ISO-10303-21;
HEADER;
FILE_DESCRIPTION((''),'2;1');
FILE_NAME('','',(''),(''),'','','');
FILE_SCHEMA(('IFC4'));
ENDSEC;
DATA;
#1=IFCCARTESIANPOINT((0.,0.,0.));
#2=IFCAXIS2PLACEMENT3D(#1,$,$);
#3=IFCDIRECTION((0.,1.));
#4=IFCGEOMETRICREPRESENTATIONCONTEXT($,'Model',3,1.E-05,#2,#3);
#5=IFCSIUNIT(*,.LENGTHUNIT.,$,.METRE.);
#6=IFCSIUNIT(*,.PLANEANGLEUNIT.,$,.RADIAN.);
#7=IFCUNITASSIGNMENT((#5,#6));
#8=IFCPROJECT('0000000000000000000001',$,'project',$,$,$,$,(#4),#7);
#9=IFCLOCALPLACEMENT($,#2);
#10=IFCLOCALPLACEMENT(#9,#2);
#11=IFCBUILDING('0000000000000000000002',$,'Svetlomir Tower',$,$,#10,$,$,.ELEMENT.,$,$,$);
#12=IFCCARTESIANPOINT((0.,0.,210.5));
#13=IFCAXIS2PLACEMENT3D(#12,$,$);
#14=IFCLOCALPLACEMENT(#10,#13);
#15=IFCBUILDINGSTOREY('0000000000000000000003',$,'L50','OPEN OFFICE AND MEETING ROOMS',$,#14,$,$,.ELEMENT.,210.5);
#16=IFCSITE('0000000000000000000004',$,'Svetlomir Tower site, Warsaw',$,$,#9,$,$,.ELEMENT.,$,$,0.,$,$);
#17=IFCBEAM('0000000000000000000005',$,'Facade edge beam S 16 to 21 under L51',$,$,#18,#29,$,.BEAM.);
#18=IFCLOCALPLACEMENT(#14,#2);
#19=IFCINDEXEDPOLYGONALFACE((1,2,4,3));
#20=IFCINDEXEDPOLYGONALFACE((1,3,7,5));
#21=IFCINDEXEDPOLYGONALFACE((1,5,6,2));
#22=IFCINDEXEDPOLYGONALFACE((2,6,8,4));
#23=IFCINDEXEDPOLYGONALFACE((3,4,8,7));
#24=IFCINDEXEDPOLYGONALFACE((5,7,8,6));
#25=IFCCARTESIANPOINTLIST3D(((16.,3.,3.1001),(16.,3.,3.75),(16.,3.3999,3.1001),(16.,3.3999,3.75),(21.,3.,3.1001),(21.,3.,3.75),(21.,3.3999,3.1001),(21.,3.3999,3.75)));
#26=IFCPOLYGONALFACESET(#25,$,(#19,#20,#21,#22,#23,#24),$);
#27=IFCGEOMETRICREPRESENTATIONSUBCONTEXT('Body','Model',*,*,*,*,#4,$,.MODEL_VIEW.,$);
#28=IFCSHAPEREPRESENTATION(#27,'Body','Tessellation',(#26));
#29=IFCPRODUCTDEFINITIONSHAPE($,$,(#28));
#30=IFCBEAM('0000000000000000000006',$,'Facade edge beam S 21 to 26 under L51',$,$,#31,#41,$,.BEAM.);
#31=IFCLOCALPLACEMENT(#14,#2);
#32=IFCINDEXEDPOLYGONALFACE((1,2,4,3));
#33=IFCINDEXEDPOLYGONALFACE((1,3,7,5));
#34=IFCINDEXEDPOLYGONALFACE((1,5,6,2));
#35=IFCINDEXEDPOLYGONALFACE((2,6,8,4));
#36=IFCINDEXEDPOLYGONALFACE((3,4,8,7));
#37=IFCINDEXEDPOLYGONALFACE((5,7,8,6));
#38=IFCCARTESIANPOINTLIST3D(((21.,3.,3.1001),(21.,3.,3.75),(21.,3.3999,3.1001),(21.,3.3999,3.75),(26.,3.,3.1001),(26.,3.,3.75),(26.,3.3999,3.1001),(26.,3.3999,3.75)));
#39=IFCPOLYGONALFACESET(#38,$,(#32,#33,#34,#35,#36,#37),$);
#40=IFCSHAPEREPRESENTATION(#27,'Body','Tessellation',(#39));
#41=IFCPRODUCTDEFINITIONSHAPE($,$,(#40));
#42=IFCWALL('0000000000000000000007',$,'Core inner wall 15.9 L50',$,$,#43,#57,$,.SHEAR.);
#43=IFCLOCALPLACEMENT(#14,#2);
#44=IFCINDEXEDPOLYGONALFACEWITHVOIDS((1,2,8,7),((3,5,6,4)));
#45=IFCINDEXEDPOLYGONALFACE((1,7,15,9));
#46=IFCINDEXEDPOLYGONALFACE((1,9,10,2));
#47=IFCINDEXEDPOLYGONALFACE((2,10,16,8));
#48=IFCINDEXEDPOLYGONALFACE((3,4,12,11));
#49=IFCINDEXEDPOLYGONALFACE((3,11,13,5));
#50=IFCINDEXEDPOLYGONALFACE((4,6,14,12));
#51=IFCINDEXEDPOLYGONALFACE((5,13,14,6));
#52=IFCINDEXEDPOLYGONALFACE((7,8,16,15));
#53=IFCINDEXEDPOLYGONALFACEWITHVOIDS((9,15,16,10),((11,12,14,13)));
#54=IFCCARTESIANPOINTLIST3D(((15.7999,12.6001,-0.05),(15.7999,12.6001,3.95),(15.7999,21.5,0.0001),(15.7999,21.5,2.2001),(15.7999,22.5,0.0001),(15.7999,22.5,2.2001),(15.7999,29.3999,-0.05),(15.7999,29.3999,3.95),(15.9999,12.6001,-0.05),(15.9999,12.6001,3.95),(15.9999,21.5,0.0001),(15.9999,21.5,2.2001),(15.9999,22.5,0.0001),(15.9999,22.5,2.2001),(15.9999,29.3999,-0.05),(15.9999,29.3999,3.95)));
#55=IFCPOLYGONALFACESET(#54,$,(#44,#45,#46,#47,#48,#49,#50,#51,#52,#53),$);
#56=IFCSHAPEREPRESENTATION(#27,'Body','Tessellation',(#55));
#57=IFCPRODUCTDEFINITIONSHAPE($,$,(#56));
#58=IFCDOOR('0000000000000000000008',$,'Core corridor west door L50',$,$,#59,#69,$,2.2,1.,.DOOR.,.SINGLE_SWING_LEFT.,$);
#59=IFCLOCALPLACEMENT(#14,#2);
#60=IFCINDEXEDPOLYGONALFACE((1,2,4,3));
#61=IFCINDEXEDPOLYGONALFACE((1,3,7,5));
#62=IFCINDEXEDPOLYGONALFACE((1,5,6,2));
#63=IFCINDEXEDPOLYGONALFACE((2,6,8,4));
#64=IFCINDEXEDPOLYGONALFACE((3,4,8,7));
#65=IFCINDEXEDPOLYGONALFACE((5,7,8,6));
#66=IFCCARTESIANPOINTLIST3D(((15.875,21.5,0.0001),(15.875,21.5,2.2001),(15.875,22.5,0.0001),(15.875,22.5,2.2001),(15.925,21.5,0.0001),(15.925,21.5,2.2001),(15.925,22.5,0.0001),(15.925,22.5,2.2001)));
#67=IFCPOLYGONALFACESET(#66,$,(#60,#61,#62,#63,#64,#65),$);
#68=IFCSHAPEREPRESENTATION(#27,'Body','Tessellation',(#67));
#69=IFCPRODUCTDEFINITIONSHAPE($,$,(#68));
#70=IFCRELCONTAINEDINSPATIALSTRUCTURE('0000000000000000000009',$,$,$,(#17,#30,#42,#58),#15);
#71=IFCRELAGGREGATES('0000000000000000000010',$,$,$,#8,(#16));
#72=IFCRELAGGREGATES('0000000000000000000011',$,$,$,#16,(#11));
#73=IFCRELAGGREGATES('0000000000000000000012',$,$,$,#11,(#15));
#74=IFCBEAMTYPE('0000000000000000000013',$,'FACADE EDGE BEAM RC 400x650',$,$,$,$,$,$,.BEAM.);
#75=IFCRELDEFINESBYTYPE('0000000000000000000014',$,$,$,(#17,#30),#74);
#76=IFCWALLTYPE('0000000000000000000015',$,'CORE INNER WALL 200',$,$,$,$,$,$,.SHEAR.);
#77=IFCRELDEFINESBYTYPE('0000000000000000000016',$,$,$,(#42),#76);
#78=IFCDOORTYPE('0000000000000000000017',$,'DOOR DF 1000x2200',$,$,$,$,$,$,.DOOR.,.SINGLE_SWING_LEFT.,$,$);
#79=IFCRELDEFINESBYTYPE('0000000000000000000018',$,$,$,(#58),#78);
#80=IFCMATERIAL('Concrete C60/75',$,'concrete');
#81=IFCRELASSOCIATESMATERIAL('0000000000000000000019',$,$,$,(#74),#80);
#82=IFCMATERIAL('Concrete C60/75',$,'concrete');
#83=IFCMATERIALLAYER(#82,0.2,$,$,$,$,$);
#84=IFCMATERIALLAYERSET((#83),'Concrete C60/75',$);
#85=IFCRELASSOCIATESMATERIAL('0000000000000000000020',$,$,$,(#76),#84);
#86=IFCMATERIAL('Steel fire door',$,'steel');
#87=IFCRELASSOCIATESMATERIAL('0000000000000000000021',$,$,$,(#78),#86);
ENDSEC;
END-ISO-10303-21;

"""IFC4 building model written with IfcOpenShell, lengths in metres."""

from ifc_helpers import new_model, si_unit, direction, frame, frame_2d, origin, origin_2d, place, context, subcontext, project, spatial, rectangle, extrude, material, layer, layer_set, material_profile, profile_set, type_object, element, fill, save


model = new_model("IFC4")

# Units and contexts
model_context = context("Model", 3, precision=1e-05, world=origin(), true_north=direction((0.0, 1.0)))
body_context = subcontext(model_context, "Body", "Model", "MODEL_VIEW")
ifc_project = project(units=[si_unit("LENGTHUNIT", "METRE"), si_unit("PLANEANGLEUNIT", "RADIAN")], contexts=[model_context])

# Site, building, storey
site_placement = place(None, origin())
site = spatial("IfcSite", under=ifc_project, at=site_placement, Name="Svetlomir Tower site, Warsaw", CompositionType="ELEMENT", RefElevation=0.0)
building_placement = place(site_placement, origin())
building = spatial("IfcBuilding", under=site, at=building_placement, Name="Svetlomir Tower", CompositionType="ELEMENT")
storey_placement = place(building_placement, frame((0.0, 0.0, 210.5)))
storey = spatial("IfcBuildingStorey", under=building, at=storey_placement, Name="L50", Description="OPEN OFFICE AND MEETING ROOMS", CompositionType="ELEMENT", Elevation=210.5)

# Beams
ifc_material_1 = material(Name="Concrete C60/75", Category="concrete")
ifc_material_profile = material_profile(ifc_material_1, rectangle(XDim=0.3999, YDim=0.6499, at=origin_2d()), Name="RC 400x650")
ifc_profile_set = profile_set([ifc_material_profile], Name="Concrete C60/75")
beam_type = type_object("IfcBeamType", Name="FACADE EDGE BEAM RC 400x650", PredefinedType="BEAM", material=ifc_profile_set)
for number, where, z_axis, x_axis, name in (
    (1, (16.0, 3.2, 3.425), (1.0, 0.0, 0.0), (0.0, 1.0, 0.0), "Facade edge beam S 16 to 21 under L51"),
    (2, (21.0, 3.2, 3.425), (1.0, 0.0, 0.0), (0.0, 1.0, 0.0), "Facade edge beam S 21 to 26 under L51"),
):
    element("IfcBeam", number, at=place(storey_placement, frame(where, z_axis=z_axis, x_axis=x_axis)), inside=storey, type_object=beam_type, Name=name, PredefinedType="BEAM", context=body_context, shape_type="SweptSolid", body=[
        extrude(rectangle(XDim=0.3999, YDim=0.6499, at=origin_2d()), origin(), (0.0, 0.0, 1.0), 5.0),
    ])

# Wall, opening, door
ifc_material_2 = material(Name="Concrete C60/75", Category="concrete")
ifc_layer_1 = layer(ifc_material_2, 0.2)
ifc_layer_set_1 = layer_set([ifc_layer_1], Name="Concrete C60/75")
wall_type_1 = type_object("IfcWallType", Name="CORE INNER WALL 200", PredefinedType="SHEAR", material=ifc_layer_set_1)
wall_1_placement = place(storey_placement, frame((15.8999, 12.6001, -0.05), z_axis=(0.0, 0.0, 1.0), x_axis=(0.0, 1.0, 0.0)))
wall_1 = element("IfcWall", 3, at=wall_1_placement, inside=storey, type_object=wall_type_1, Name="Core inner wall 15.9 L50", PredefinedType="SHEAR", context=body_context, shape_type="SweptSolid", body=[
    extrude(rectangle(XDim=16.7998, YDim=0.2, at=frame_2d((8.3999, 0.0))), origin(), (0.0, 0.0, 1.0), 4.0),
])
opening_1_placement = place(wall_1_placement, frame((8.8999, 0.0, 0.05)))
opening_1 = element("IfcOpeningElement", 4, at=opening_1_placement, cuts=wall_1, PredefinedType="OPENING", context=body_context, shape_type="SweptSolid", body=[
    extrude(rectangle(XDim=1.0, YDim=2.2, at=frame_2d((0.5, 1.1001))), frame((0.0, 0.1099, 0.0), z_axis=(0.0, -1.0, 0.0), x_axis=(1.0, 0.0, 0.0)), (0.0, 0.0, 1.0), 0.22),
])
ifc_material_3 = material(Name="Steel fire door", Category="steel")
door_type_1 = type_object("IfcDoorType", Name="DOOR DF 1000x2200", OperationType="SINGLE_SWING_LEFT", PredefinedType="DOOR", material=ifc_material_3)
door_1_placement = place(opening_1_placement, origin())
door_1 = element("IfcDoor", 5, at=door_1_placement, inside=storey, type_object=door_type_1, Name="Core corridor west door L50", OperationType="SINGLE_SWING_LEFT", OverallHeight=2.2, OverallWidth=1.0, PredefinedType="DOOR", context=body_context, shape_type="SweptSolid", body=[
    extrude(rectangle(XDim=1.0, YDim=2.2, at=frame_2d((0.5, 1.1001))), frame((0.0, 0.0249, 0.0), z_axis=(0.0, -1.0, 0.0), x_axis=(1.0, 0.0, 0.0)), (0.0, 0.0, 1.0), 0.05),
])
fill(opening_1, door_1)

save(model, "model.ifc")
